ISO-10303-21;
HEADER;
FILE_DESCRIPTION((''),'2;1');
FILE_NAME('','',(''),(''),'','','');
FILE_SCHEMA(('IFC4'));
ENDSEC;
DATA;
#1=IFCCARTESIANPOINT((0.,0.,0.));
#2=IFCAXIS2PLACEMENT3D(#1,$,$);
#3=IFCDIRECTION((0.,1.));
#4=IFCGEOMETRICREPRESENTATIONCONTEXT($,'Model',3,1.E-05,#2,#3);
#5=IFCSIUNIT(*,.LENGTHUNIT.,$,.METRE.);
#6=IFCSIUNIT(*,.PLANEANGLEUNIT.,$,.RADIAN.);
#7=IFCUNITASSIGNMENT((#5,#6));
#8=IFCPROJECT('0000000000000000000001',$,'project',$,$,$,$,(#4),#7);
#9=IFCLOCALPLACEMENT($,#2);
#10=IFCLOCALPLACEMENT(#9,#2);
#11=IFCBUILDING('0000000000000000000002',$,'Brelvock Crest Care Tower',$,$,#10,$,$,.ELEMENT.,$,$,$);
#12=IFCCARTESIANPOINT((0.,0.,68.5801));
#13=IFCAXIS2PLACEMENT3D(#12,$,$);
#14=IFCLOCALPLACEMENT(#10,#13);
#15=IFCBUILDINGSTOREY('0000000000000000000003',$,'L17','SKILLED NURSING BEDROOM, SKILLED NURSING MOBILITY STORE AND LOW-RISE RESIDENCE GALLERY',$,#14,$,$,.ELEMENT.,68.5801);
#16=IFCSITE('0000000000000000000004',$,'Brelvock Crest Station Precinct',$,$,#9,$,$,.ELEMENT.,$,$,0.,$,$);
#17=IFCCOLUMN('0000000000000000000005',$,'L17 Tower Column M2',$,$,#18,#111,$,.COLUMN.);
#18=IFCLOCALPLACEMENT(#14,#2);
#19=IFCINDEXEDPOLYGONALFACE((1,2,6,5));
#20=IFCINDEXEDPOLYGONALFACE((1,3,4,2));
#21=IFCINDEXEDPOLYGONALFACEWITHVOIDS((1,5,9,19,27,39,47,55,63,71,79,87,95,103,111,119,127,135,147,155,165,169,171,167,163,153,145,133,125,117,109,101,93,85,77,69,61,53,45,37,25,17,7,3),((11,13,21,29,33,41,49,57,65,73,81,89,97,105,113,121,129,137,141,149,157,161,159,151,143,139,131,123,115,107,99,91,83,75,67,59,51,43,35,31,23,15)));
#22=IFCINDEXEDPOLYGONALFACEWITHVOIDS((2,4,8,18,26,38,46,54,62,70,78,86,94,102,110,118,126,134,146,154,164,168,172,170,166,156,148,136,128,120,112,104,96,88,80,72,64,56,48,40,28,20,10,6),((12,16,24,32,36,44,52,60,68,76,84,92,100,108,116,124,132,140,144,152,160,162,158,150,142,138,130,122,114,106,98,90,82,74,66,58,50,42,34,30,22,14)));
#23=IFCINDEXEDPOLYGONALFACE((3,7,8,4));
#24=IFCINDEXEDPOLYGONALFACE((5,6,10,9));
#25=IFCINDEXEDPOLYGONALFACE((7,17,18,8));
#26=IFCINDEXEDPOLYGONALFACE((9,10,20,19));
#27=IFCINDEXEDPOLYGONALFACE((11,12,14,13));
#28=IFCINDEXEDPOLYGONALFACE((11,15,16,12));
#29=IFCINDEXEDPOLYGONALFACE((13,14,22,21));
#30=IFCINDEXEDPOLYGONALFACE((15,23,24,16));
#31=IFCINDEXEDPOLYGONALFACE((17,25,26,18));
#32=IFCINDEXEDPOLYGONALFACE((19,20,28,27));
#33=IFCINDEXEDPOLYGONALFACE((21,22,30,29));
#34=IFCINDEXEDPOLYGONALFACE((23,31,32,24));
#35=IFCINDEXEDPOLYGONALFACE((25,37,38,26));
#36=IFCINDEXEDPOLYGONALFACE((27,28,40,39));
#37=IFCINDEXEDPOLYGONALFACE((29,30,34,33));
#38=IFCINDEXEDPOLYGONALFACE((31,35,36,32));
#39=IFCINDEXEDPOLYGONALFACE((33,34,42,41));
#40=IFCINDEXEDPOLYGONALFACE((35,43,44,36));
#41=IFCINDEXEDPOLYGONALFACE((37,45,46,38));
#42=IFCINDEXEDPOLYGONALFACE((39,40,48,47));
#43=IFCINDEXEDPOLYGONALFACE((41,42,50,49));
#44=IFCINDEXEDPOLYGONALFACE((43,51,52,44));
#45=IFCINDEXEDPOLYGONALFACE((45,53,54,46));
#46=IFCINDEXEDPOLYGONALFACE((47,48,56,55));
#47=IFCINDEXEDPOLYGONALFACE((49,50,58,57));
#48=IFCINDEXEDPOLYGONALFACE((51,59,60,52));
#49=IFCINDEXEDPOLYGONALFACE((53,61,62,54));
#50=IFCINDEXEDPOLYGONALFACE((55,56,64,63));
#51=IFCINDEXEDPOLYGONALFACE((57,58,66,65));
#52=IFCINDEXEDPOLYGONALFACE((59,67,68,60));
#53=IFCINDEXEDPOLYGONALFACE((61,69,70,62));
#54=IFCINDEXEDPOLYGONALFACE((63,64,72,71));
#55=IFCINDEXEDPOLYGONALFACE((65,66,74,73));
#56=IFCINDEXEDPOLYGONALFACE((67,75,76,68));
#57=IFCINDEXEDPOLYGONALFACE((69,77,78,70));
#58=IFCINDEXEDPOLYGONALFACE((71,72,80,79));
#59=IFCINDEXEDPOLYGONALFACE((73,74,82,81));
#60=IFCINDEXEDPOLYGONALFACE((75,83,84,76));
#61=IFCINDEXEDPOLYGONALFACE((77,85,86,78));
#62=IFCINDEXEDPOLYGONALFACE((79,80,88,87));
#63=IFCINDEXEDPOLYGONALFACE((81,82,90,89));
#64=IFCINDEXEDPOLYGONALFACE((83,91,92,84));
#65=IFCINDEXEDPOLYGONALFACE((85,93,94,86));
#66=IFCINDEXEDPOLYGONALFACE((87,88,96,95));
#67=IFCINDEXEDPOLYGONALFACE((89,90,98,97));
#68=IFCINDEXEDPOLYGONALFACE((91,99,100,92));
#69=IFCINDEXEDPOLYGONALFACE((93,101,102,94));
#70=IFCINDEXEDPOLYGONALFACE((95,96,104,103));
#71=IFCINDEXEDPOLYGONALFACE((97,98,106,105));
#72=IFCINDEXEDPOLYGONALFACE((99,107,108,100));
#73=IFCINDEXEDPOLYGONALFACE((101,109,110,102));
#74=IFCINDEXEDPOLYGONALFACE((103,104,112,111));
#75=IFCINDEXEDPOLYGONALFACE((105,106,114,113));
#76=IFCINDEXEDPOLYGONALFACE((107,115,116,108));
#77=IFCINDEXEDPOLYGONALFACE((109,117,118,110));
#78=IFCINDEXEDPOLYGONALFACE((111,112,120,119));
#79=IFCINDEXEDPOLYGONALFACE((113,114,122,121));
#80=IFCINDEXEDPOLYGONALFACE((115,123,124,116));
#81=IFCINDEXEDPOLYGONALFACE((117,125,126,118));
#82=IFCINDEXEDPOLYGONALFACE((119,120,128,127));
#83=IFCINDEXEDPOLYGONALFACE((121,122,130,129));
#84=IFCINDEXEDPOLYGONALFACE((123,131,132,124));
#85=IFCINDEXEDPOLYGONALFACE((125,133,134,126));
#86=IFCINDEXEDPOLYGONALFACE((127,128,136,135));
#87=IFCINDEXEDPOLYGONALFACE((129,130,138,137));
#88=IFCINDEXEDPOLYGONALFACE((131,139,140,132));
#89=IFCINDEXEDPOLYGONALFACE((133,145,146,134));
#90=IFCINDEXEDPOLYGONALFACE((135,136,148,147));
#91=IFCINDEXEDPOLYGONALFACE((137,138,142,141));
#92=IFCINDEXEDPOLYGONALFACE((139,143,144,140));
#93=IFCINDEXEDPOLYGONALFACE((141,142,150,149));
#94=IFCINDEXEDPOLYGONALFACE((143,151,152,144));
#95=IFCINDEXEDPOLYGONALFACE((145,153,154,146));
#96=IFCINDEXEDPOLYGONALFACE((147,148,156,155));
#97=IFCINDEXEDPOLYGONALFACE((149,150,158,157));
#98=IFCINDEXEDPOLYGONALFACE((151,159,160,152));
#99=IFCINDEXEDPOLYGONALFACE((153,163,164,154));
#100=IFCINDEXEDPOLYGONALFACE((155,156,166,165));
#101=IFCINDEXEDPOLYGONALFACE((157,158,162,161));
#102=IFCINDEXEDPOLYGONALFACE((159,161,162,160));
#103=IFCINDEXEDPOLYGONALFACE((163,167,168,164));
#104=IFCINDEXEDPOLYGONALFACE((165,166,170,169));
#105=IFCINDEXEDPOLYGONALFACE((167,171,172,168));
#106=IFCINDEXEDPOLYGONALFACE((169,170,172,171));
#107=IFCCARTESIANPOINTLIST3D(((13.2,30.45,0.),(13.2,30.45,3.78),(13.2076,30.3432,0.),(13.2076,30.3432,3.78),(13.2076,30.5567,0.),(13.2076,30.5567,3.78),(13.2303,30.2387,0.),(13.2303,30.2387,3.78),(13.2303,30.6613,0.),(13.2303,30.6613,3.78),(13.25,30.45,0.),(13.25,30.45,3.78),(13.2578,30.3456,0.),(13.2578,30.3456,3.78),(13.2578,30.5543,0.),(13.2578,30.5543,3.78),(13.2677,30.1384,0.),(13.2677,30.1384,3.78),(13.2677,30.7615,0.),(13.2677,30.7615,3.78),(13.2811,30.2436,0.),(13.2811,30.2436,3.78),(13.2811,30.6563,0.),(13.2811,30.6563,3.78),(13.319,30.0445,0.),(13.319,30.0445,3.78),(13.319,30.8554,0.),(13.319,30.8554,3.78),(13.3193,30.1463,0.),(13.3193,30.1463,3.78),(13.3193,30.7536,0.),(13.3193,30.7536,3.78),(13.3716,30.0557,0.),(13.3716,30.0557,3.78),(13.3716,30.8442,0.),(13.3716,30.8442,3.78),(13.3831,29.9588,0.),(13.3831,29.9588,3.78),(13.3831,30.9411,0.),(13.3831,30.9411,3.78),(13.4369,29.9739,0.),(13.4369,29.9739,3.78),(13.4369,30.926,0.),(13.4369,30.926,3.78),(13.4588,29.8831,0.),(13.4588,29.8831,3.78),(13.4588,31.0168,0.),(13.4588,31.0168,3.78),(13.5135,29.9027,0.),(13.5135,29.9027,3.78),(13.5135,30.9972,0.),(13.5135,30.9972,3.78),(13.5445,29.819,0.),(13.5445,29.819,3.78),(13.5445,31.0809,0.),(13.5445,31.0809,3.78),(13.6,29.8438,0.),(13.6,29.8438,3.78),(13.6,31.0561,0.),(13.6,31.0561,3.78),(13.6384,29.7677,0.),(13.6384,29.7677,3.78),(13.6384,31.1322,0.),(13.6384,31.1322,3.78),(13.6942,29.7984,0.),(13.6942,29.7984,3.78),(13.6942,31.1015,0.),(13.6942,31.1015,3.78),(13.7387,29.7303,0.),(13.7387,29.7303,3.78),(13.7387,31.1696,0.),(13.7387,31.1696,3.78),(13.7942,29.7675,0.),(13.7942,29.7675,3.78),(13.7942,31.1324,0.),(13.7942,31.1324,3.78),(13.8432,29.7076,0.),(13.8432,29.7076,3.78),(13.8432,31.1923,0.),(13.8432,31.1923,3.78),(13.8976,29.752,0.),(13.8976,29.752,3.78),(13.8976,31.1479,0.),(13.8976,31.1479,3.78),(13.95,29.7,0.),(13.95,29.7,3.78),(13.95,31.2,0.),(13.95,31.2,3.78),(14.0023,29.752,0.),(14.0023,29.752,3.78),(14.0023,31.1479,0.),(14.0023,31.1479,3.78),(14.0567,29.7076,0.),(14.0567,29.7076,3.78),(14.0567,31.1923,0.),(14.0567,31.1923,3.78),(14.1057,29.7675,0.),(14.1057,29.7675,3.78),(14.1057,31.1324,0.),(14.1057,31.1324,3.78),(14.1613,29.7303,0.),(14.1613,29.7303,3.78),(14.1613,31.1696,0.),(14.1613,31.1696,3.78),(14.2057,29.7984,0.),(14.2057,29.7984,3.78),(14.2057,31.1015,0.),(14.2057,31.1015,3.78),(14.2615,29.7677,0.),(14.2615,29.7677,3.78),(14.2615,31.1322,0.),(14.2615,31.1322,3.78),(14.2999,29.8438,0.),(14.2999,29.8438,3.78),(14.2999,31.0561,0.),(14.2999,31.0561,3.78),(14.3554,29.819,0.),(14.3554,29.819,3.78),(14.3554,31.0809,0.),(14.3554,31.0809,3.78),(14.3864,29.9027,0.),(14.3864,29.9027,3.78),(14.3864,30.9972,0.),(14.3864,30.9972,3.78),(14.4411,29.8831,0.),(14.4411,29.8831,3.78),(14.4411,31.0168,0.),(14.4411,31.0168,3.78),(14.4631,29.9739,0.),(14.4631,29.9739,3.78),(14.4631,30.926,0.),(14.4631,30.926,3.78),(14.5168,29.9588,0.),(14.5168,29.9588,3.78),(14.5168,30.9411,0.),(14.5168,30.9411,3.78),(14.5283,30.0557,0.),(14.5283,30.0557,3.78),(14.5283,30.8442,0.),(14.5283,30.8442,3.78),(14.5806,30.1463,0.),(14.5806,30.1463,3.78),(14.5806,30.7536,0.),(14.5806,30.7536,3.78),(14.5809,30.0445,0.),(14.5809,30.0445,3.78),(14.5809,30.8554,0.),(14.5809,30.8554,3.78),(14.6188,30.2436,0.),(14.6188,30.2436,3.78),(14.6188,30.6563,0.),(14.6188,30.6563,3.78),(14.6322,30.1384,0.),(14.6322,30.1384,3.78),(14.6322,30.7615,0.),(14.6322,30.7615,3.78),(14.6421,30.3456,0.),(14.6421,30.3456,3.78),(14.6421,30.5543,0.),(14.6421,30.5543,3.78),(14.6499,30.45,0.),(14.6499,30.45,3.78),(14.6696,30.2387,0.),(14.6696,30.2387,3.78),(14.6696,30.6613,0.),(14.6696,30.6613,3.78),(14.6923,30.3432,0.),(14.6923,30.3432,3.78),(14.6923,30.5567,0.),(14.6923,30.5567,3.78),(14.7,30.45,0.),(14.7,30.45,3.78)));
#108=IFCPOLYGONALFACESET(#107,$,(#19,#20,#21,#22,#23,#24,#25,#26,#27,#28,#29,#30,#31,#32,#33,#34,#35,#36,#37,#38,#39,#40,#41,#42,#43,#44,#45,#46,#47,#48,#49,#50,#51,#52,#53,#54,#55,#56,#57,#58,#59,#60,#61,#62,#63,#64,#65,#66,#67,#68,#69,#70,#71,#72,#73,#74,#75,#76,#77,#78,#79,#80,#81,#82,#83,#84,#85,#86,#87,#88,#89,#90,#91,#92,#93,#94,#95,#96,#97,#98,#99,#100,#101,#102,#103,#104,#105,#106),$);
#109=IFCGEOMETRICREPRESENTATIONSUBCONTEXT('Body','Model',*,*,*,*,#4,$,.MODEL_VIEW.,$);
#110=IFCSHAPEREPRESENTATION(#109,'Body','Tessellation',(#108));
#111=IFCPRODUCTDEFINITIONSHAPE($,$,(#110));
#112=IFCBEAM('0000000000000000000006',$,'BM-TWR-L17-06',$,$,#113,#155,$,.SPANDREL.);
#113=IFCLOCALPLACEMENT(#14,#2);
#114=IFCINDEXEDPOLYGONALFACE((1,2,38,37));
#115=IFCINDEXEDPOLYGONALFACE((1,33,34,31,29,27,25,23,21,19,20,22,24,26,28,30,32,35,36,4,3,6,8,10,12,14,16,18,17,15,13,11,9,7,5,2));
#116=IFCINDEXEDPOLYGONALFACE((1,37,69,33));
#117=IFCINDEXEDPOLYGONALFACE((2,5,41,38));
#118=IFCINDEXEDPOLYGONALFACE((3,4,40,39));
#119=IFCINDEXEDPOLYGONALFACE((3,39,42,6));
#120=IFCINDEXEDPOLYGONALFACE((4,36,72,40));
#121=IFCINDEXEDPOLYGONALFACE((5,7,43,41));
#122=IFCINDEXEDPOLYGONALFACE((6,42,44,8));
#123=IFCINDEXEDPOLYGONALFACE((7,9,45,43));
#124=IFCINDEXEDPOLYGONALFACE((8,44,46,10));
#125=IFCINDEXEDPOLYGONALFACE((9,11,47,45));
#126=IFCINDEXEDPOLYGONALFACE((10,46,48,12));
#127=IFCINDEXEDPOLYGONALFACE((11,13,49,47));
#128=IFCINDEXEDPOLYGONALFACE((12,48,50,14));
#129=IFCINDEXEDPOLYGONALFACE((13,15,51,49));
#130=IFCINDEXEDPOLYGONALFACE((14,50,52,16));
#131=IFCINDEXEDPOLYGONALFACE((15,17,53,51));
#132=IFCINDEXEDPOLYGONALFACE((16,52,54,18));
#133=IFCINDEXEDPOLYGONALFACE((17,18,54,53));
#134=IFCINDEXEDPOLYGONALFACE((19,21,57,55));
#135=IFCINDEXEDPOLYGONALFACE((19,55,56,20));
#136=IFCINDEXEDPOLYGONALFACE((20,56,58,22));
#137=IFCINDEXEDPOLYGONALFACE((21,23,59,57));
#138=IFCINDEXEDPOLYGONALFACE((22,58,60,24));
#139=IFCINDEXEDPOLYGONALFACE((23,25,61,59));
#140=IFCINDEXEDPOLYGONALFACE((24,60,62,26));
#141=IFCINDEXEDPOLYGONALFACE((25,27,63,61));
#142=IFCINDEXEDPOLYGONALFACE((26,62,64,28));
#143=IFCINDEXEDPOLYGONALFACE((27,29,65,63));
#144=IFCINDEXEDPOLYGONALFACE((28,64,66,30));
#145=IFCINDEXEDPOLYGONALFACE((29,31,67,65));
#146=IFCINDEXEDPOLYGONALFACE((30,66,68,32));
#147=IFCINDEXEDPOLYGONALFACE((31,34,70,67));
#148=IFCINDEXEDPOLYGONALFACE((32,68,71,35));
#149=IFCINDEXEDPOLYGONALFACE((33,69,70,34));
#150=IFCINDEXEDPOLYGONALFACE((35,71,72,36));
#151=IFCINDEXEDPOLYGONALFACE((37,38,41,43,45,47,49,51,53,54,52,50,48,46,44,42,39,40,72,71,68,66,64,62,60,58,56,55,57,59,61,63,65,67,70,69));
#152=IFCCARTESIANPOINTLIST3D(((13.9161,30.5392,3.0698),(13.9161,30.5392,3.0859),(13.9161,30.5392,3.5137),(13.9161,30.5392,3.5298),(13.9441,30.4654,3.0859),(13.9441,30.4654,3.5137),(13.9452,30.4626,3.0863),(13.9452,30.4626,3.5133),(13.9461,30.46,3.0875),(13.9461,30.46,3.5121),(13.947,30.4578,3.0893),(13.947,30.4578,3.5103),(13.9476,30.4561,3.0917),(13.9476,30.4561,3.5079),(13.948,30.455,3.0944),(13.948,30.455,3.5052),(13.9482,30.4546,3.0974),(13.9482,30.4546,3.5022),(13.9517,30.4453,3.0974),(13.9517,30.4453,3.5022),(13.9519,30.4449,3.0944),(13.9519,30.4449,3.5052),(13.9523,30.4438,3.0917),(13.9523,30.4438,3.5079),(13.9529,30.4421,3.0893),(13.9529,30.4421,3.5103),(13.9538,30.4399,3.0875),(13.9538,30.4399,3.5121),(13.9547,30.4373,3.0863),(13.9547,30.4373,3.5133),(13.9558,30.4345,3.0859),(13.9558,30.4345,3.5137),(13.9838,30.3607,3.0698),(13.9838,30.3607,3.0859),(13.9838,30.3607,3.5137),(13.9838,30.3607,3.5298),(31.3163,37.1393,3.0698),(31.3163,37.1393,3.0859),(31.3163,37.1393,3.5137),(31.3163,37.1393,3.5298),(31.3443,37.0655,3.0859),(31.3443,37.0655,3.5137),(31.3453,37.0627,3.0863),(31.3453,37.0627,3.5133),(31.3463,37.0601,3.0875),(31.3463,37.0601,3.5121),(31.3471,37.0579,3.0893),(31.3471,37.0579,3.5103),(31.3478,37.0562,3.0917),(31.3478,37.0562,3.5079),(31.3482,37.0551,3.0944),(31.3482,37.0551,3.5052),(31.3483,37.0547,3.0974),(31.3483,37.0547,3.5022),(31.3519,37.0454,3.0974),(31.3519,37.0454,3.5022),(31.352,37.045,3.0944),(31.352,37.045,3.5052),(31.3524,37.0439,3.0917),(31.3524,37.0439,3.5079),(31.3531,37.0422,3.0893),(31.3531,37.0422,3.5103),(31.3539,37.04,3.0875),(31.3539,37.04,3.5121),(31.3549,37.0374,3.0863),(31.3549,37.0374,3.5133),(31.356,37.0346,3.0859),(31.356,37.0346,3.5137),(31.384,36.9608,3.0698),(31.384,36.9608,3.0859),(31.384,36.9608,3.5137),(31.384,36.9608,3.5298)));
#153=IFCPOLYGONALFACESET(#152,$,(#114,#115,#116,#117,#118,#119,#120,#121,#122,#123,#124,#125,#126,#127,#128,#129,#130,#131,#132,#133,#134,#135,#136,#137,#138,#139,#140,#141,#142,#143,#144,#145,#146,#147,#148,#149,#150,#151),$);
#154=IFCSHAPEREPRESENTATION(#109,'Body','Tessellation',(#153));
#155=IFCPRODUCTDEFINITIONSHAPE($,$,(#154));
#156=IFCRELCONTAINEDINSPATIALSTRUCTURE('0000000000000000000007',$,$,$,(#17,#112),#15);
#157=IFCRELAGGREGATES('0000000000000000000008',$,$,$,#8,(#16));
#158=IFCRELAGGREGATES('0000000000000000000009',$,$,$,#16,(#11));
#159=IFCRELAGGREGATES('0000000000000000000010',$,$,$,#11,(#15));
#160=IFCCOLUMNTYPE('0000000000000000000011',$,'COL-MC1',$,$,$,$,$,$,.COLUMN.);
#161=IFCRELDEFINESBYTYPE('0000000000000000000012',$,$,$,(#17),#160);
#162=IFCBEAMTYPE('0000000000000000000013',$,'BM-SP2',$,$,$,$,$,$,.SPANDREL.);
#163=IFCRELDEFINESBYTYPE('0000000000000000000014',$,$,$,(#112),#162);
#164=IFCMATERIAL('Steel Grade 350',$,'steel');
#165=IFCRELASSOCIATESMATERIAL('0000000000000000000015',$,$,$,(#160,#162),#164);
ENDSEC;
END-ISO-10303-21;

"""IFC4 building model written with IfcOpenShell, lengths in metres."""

from ifc_helpers import new_model, si_unit, direction, frame, origin, origin_2d, place, context, subcontext, project, spatial, hollow_circle, i_section, extrude, source, transform, mapped, material, material_profile, profile_set, type_object, element, save


model = new_model("IFC4")

# Units and contexts
model_context = context("Model", 3, precision=1e-05, world=origin(), true_north=direction((0.0, 1.0)))
body_context = subcontext(model_context, "Body", "Model", "MODEL_VIEW")
ifc_project = project(units=[si_unit("LENGTHUNIT", "METRE"), si_unit("PLANEANGLEUNIT", "RADIAN")], contexts=[model_context])

# Site, building, storey
site_placement = place(None, origin())
site = spatial("IfcSite", under=ifc_project, at=site_placement, Name="Brelvock Crest Station Precinct", CompositionType="ELEMENT", RefElevation=0.0)
building_placement = place(site_placement, origin())
building = spatial("IfcBuilding", under=site, at=building_placement, Name="Brelvock Crest Care Tower", CompositionType="ELEMENT")
storey_placement = place(building_placement, frame((0.0, 0.0, 68.5801)))
storey = spatial("IfcBuildingStorey", under=building, at=storey_placement, Name="L17", Description="SKILLED NURSING BEDROOM, SKILLED NURSING MOBILITY STORE AND LOW-RISE RESIDENCE GALLERY", CompositionType="ELEMENT", Elevation=68.5801)

# Column
ifc_material_1 = material(Name="Steel Grade 350", Category="steel")
ifc_material_profile_1 = material_profile(ifc_material_1, hollow_circle(Radius=0.75, WallThickness=0.05, at=origin_2d()), Name="CFT1500x50")
ifc_profile_set_1 = profile_set([ifc_material_profile_1], Name="Steel Grade 350")
column_type = type_object("IfcColumnType", Name="COL-MC1", PredefinedType="COLUMN", material=ifc_profile_set_1)
shared_shape_1 = source(origin(), body_context, "Body", "SweptSolid", [
    extrude(hollow_circle(Radius=0.75, WallThickness=0.05, at=origin_2d()), origin(), (0.0, 0.0, 1.0), 3.78),
])
column_placement = place(storey_placement, frame((13.95, 30.45, 0.0), z_axis=(0.0, 0.0, 1.0), x_axis=(1.0, 0.0, 0.0)))
element("IfcColumn", 1, at=column_placement, inside=storey, type_object=column_type, Name="L17 Tower Column M2", PredefinedType="COLUMN", context=body_context, shape_type="MappedRepresentation", body=[
    mapped(shared_shape_1, transform((0.0, 0.0, 0.0), x_axis=(1.0, 0.0, 0.0), y_axis=(0.0, 1.0, 0.0), z_axis=(0.0, 0.0, 1.0), scale=1.0)),
])

# Beam
ifc_material_profile_2 = material_profile(ifc_material_1, i_section(OverallWidth=0.1909, OverallDepth=0.46, WebThickness=0.01, FlangeThickness=0.0161, FilletRadius=0.0115, at=origin_2d()), Name="460UB82.1")
ifc_profile_set_2 = profile_set([ifc_material_profile_2], Name="Steel Grade 350")
beam_type_1 = type_object("IfcBeamType", Name="BM-SP2", PredefinedType="SPANDREL", material=ifc_profile_set_2)
shared_shape_2 = source(origin(), body_context, "Body", "SweptSolid", [
    extrude(i_section(OverallWidth=0.1909, OverallDepth=0.46, WebThickness=0.01, FlangeThickness=0.0161, FilletRadius=0.0115, at=origin_2d()), origin(), (0.0, 0.0, 1.0), 18.6099),
])
beam_1_placement = place(storey_placement, frame((13.95, 30.45, 3.2998), z_axis=(0.934997, 0.354656, 0.0), x_axis=(-0.354656, 0.934997, 0.0)))
element("IfcBeam", 2, at=beam_1_placement, inside=storey, type_object=beam_type_1, Name="BM-TWR-L17-06", PredefinedType="SPANDREL", context=body_context, shape_type="MappedRepresentation", body=[
    mapped(shared_shape_2, transform((0.0, 0.0, 0.0), x_axis=(1.0, 0.0, 0.0), y_axis=(0.0, 1.0, 0.0), z_axis=(0.0, 0.0, 1.0), scale=1.0)),
])

save(model, "model.ifc")
